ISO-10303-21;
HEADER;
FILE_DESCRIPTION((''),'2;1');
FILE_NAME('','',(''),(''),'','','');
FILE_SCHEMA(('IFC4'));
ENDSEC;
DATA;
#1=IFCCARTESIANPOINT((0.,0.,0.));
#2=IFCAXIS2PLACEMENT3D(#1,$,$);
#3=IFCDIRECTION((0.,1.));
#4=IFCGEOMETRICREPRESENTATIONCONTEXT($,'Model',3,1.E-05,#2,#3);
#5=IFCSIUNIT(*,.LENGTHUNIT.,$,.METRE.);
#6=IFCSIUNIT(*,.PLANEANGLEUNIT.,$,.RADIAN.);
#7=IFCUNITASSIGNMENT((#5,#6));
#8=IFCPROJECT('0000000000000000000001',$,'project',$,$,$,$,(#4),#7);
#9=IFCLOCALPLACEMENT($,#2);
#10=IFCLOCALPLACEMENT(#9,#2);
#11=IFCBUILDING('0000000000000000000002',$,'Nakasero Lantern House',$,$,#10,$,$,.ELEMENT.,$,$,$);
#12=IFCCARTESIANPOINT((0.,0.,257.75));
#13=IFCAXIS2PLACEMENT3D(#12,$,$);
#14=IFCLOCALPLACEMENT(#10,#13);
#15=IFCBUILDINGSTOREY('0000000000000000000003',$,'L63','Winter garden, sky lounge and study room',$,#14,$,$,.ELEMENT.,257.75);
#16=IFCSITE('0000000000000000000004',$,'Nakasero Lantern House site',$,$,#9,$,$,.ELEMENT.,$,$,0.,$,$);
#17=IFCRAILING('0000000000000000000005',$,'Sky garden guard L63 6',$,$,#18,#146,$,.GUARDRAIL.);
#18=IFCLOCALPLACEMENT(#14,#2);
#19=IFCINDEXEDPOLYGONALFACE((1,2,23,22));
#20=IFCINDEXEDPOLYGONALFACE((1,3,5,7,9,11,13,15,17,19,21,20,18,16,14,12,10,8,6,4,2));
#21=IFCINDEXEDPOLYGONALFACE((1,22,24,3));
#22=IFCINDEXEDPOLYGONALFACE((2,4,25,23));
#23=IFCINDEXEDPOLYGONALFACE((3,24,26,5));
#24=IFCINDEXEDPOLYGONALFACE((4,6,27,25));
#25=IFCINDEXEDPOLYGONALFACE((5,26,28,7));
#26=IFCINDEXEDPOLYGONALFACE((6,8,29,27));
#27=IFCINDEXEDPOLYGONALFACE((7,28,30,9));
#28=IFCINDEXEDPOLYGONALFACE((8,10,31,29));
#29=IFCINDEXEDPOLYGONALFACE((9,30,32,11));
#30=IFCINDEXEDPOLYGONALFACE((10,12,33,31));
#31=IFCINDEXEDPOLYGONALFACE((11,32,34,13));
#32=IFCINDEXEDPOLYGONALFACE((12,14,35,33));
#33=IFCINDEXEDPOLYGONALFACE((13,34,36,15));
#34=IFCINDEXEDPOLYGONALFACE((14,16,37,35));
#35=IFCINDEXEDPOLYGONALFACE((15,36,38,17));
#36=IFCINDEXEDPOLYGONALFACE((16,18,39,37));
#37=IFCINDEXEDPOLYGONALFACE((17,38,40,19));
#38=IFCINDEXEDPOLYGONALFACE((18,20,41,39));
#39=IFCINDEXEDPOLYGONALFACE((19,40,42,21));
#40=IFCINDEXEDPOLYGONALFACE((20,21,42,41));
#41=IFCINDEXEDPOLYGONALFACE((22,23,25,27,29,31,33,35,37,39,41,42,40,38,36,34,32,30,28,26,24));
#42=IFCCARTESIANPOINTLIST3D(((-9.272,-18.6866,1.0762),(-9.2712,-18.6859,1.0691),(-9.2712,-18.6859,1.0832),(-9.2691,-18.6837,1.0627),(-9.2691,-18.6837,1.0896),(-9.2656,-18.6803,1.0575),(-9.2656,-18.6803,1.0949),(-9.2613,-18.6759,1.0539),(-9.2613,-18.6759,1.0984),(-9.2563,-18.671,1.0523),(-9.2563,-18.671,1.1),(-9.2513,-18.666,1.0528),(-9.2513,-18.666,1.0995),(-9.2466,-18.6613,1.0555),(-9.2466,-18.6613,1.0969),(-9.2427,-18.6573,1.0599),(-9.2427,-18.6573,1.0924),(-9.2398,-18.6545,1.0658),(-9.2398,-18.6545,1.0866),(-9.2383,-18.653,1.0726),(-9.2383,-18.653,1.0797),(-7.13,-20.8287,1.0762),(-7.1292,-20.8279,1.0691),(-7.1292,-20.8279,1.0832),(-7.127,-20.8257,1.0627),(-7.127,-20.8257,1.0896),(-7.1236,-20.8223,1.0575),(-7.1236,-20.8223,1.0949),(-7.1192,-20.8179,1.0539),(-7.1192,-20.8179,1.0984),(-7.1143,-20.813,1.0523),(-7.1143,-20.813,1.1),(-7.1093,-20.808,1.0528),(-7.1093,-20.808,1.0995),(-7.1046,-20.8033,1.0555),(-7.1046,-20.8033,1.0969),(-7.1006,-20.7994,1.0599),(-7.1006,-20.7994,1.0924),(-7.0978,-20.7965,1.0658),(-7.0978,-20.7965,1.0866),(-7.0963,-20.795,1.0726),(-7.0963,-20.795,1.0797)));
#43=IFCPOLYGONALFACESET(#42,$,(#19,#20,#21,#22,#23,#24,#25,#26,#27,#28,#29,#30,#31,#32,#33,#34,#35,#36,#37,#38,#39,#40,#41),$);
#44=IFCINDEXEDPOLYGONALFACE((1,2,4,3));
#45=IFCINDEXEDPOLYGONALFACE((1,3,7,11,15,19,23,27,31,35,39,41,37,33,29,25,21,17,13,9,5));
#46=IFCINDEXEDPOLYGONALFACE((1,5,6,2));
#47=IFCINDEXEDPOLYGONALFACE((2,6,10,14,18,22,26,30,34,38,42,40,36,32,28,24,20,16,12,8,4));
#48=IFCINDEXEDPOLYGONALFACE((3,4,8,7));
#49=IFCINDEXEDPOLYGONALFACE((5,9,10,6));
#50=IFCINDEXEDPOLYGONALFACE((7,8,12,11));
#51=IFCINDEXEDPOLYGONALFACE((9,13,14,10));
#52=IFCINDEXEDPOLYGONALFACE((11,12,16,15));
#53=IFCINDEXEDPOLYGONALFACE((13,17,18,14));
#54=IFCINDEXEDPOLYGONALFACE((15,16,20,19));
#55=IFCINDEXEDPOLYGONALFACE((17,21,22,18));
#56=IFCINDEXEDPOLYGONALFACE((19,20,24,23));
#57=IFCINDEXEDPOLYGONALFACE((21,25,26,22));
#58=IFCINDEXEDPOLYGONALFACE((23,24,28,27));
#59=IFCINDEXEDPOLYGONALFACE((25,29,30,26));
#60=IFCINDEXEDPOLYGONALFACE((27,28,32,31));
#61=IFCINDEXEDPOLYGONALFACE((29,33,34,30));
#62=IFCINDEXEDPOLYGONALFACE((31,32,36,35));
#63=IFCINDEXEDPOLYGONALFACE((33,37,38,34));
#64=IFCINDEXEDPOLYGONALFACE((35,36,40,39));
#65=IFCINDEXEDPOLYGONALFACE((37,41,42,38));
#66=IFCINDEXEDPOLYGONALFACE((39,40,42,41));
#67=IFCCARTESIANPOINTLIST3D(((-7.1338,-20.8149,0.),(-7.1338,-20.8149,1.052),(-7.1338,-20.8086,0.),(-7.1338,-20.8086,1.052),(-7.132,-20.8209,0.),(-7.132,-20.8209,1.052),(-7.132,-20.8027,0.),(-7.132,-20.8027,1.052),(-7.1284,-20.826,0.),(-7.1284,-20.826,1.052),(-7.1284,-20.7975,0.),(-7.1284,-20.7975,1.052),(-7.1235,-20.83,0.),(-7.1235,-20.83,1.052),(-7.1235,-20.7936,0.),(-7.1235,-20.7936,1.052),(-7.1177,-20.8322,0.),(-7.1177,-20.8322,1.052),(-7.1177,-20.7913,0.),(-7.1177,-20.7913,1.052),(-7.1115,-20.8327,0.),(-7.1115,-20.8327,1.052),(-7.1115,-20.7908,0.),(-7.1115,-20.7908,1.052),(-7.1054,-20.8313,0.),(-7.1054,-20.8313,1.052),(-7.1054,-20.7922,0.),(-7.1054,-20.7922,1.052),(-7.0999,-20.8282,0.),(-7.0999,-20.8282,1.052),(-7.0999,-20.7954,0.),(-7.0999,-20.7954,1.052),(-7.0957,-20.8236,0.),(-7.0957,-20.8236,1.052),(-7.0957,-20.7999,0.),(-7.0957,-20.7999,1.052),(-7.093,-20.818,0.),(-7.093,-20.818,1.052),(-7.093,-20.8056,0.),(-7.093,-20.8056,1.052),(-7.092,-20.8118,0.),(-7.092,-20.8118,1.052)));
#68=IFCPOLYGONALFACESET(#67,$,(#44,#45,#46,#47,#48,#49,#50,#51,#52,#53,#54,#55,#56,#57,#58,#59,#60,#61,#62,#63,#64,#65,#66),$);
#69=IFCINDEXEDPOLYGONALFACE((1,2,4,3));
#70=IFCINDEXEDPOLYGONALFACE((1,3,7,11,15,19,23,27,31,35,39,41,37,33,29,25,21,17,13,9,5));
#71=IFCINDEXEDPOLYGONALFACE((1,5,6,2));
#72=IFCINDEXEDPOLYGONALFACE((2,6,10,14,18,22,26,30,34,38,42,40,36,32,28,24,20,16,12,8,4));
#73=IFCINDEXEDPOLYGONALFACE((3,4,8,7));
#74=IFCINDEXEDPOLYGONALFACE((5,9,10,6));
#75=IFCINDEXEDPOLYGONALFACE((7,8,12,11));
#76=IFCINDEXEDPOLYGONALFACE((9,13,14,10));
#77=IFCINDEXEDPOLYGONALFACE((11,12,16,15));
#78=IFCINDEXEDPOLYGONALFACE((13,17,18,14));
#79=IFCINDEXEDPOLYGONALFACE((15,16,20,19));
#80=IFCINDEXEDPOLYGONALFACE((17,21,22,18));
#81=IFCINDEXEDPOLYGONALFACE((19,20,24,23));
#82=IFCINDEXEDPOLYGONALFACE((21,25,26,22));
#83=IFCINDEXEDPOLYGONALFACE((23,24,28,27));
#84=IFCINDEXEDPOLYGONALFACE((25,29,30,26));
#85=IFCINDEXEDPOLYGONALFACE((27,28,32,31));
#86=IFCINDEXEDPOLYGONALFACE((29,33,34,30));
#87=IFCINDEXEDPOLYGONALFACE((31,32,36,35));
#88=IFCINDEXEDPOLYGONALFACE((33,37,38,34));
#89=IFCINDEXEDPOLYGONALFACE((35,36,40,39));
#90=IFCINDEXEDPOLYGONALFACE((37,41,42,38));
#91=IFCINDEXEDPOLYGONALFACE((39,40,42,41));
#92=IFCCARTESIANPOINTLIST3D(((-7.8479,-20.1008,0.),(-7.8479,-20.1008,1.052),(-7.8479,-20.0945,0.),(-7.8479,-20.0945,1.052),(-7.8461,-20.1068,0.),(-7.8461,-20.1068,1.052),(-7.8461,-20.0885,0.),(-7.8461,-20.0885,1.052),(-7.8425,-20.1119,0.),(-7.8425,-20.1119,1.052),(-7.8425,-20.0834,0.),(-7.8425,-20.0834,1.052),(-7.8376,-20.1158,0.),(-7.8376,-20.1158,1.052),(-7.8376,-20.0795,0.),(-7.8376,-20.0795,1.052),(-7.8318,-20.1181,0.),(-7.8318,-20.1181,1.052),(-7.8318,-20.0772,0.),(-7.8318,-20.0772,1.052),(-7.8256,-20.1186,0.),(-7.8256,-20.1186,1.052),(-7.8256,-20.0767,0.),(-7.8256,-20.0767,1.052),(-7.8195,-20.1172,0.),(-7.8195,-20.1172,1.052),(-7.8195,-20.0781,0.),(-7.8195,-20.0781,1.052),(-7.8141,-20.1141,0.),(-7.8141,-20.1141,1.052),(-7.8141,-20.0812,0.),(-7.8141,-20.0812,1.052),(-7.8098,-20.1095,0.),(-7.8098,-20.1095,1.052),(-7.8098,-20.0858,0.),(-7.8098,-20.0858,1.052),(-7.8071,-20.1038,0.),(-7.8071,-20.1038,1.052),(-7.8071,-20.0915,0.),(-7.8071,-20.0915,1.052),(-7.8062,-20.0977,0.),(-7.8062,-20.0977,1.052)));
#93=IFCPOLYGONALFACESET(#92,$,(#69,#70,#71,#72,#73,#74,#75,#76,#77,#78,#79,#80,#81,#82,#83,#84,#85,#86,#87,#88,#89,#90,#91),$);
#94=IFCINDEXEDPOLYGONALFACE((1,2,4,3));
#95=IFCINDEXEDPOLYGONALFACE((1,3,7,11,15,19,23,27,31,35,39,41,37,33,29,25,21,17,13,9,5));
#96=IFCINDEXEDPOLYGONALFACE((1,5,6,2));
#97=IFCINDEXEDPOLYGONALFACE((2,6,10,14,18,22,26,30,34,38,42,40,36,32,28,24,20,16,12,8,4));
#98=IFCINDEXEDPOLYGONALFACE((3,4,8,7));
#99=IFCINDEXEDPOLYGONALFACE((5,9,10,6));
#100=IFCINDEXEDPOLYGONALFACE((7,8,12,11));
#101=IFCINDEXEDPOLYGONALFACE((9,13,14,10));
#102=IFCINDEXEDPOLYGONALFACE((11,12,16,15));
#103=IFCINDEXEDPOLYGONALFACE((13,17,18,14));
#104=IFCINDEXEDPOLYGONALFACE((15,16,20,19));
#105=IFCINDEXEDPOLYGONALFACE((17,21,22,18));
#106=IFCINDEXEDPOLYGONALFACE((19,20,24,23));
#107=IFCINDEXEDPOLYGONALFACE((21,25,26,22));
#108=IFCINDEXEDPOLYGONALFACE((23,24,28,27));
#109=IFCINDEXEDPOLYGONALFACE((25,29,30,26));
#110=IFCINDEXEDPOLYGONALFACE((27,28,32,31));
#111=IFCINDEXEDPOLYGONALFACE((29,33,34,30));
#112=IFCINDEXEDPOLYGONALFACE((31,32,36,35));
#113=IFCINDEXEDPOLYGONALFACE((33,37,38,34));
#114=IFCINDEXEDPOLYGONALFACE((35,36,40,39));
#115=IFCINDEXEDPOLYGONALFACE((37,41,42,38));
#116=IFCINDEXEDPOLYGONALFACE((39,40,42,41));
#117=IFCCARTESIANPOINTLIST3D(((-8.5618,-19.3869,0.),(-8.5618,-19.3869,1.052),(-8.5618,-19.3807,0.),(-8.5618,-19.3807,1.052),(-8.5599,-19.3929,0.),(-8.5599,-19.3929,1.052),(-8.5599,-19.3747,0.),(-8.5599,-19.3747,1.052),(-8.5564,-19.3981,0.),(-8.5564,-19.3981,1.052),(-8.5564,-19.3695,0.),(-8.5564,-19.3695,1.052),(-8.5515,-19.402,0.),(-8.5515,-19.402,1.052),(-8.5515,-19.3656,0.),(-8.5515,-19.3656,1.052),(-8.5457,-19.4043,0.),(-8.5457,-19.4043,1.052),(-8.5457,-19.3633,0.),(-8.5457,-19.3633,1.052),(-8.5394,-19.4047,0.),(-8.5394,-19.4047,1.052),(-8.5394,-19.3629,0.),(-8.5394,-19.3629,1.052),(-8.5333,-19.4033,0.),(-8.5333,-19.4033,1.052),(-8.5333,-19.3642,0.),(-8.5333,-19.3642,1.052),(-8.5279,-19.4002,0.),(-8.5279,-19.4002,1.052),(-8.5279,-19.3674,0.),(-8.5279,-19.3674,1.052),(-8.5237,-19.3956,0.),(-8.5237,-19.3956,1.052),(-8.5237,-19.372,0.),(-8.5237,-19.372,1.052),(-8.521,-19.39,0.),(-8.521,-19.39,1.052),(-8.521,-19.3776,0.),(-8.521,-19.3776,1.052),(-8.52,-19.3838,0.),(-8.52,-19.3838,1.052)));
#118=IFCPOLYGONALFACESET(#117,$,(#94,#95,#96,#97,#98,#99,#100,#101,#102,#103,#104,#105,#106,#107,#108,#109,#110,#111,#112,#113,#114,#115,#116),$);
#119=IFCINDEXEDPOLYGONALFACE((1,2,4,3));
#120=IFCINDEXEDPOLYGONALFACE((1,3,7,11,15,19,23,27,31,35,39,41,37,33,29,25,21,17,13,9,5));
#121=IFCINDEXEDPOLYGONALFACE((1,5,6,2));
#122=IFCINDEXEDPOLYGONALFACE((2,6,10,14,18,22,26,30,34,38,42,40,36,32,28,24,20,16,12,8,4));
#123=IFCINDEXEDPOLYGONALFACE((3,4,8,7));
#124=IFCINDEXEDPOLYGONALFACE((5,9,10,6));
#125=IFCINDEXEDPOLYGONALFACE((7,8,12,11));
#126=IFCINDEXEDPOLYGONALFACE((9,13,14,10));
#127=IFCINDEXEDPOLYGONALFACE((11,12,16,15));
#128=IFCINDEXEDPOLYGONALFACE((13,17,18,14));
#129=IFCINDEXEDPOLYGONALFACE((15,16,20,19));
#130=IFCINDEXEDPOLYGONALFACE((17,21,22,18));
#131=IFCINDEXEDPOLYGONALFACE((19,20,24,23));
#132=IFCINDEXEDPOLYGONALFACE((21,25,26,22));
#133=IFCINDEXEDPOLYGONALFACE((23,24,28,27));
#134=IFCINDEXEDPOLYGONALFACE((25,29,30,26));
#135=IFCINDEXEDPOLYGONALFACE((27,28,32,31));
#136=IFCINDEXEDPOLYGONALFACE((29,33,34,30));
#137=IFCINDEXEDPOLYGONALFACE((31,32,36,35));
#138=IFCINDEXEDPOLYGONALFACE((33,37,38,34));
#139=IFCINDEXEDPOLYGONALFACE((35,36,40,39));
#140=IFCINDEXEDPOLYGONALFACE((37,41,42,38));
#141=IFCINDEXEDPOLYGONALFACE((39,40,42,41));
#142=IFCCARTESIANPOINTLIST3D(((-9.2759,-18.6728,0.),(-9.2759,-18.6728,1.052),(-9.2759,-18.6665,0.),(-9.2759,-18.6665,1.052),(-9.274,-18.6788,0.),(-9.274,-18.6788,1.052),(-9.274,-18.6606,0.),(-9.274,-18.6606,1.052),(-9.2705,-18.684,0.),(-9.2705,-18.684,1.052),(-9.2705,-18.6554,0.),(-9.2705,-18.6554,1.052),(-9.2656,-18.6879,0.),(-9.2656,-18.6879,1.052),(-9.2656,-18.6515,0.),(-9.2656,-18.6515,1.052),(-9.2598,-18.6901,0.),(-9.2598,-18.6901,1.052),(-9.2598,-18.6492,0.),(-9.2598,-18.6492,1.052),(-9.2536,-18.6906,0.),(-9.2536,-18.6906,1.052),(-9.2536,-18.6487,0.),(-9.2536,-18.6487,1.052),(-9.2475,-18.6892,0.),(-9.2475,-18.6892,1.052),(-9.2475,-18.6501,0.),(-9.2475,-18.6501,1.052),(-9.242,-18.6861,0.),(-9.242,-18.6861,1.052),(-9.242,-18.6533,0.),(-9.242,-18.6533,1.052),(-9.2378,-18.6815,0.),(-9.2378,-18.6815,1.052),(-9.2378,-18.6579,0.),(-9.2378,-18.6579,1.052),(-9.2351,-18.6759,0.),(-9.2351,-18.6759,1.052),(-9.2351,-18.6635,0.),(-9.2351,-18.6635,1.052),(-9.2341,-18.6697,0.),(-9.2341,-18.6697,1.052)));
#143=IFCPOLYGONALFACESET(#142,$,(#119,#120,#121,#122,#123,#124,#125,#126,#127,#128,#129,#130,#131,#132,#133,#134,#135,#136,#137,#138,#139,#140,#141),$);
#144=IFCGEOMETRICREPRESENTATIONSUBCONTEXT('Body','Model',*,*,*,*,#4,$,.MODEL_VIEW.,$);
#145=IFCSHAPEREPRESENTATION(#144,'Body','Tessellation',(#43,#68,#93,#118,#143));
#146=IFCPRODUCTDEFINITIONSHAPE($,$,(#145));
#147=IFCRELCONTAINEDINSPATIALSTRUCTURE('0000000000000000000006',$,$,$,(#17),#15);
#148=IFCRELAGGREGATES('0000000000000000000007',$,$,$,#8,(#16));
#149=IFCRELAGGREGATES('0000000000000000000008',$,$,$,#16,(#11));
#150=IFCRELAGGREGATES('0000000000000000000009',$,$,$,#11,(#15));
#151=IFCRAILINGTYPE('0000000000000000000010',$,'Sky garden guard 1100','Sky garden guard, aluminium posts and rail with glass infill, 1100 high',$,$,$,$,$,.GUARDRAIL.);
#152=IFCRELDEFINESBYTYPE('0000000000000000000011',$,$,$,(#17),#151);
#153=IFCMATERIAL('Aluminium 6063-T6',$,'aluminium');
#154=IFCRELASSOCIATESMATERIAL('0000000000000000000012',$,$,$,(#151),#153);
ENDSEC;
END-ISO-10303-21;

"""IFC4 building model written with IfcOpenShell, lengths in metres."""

from ifc_helpers import new_model, si_unit, direction, frame, origin, origin_2d, place, context, subcontext, project, spatial, circle, extrude, material, type_object, element, save


model = new_model("IFC4")

# Units and contexts
model_context = context("Model", 3, precision=1e-05, world=origin(), true_north=direction((0.0, 1.0)))
body_context = subcontext(model_context, "Body", "Model", "MODEL_VIEW")
ifc_project = project(units=[si_unit("LENGTHUNIT", "METRE"), si_unit("PLANEANGLEUNIT", "RADIAN")], contexts=[model_context])

# Site, building, storey
site_placement = place(None, origin())
site = spatial("IfcSite", under=ifc_project, at=site_placement, Name="Nakasero Lantern House site", CompositionType="ELEMENT", RefElevation=0.0)
building_placement = place(site_placement, origin())
building = spatial("IfcBuilding", under=site, at=building_placement, Name="Nakasero Lantern House", CompositionType="ELEMENT")
storey_placement = place(building_placement, frame((0.0, 0.0, 257.75)))
storey = spatial("IfcBuildingStorey", under=building, at=storey_placement, Name="L63", Description="Winter garden, sky lounge and study room", CompositionType="ELEMENT", Elevation=257.75)

# Railing
ifc_material_1 = material(Name="Aluminium 6063-T6", Category="aluminium")
railing_type = type_object("IfcRailingType", Name="Sky garden guard 1100", Description="Sky garden guard, aluminium posts and rail with glass infill, 1100 high", PredefinedType="GUARDRAIL", material=ifc_material_1)
railing_1_placement = place(storey_placement, frame((-7.113, -20.8118, 0.0)))
element("IfcRailing", 1, at=railing_1_placement, inside=storey, type_object=railing_type, Name="Sky garden guard L63 6", PredefinedType="GUARDRAIL", context=body_context, shape_type="SweptSolid", body=[
    extrude(circle(Radius=0.0239, at=origin_2d()), frame((0.0, 0.0, 1.0762), z_axis=(-0.707107, 0.707107, 0.0), x_axis=(-0.707107, -0.707107, 0.0)), (0.0, 0.0, 1.0), 3.0293),
    extrude(circle(Radius=0.021, at=origin_2d()), origin(), (0.0, 0.0, 1.0), 1.052),
    extrude(circle(Radius=0.021, at=origin_2d()), frame((-0.7141, 0.7141, 0.0)), (0.0, 0.0, 1.0), 1.052),
    extrude(circle(Radius=0.021, at=origin_2d()), frame((-1.428, 1.428, 0.0)), (0.0, 0.0, 1.0), 1.052),
    extrude(circle(Radius=0.021, at=origin_2d()), frame((-2.1421, 2.1421, 0.0)), (0.0, 0.0, 1.0), 1.052),
])

save(model, "model.ifc")
